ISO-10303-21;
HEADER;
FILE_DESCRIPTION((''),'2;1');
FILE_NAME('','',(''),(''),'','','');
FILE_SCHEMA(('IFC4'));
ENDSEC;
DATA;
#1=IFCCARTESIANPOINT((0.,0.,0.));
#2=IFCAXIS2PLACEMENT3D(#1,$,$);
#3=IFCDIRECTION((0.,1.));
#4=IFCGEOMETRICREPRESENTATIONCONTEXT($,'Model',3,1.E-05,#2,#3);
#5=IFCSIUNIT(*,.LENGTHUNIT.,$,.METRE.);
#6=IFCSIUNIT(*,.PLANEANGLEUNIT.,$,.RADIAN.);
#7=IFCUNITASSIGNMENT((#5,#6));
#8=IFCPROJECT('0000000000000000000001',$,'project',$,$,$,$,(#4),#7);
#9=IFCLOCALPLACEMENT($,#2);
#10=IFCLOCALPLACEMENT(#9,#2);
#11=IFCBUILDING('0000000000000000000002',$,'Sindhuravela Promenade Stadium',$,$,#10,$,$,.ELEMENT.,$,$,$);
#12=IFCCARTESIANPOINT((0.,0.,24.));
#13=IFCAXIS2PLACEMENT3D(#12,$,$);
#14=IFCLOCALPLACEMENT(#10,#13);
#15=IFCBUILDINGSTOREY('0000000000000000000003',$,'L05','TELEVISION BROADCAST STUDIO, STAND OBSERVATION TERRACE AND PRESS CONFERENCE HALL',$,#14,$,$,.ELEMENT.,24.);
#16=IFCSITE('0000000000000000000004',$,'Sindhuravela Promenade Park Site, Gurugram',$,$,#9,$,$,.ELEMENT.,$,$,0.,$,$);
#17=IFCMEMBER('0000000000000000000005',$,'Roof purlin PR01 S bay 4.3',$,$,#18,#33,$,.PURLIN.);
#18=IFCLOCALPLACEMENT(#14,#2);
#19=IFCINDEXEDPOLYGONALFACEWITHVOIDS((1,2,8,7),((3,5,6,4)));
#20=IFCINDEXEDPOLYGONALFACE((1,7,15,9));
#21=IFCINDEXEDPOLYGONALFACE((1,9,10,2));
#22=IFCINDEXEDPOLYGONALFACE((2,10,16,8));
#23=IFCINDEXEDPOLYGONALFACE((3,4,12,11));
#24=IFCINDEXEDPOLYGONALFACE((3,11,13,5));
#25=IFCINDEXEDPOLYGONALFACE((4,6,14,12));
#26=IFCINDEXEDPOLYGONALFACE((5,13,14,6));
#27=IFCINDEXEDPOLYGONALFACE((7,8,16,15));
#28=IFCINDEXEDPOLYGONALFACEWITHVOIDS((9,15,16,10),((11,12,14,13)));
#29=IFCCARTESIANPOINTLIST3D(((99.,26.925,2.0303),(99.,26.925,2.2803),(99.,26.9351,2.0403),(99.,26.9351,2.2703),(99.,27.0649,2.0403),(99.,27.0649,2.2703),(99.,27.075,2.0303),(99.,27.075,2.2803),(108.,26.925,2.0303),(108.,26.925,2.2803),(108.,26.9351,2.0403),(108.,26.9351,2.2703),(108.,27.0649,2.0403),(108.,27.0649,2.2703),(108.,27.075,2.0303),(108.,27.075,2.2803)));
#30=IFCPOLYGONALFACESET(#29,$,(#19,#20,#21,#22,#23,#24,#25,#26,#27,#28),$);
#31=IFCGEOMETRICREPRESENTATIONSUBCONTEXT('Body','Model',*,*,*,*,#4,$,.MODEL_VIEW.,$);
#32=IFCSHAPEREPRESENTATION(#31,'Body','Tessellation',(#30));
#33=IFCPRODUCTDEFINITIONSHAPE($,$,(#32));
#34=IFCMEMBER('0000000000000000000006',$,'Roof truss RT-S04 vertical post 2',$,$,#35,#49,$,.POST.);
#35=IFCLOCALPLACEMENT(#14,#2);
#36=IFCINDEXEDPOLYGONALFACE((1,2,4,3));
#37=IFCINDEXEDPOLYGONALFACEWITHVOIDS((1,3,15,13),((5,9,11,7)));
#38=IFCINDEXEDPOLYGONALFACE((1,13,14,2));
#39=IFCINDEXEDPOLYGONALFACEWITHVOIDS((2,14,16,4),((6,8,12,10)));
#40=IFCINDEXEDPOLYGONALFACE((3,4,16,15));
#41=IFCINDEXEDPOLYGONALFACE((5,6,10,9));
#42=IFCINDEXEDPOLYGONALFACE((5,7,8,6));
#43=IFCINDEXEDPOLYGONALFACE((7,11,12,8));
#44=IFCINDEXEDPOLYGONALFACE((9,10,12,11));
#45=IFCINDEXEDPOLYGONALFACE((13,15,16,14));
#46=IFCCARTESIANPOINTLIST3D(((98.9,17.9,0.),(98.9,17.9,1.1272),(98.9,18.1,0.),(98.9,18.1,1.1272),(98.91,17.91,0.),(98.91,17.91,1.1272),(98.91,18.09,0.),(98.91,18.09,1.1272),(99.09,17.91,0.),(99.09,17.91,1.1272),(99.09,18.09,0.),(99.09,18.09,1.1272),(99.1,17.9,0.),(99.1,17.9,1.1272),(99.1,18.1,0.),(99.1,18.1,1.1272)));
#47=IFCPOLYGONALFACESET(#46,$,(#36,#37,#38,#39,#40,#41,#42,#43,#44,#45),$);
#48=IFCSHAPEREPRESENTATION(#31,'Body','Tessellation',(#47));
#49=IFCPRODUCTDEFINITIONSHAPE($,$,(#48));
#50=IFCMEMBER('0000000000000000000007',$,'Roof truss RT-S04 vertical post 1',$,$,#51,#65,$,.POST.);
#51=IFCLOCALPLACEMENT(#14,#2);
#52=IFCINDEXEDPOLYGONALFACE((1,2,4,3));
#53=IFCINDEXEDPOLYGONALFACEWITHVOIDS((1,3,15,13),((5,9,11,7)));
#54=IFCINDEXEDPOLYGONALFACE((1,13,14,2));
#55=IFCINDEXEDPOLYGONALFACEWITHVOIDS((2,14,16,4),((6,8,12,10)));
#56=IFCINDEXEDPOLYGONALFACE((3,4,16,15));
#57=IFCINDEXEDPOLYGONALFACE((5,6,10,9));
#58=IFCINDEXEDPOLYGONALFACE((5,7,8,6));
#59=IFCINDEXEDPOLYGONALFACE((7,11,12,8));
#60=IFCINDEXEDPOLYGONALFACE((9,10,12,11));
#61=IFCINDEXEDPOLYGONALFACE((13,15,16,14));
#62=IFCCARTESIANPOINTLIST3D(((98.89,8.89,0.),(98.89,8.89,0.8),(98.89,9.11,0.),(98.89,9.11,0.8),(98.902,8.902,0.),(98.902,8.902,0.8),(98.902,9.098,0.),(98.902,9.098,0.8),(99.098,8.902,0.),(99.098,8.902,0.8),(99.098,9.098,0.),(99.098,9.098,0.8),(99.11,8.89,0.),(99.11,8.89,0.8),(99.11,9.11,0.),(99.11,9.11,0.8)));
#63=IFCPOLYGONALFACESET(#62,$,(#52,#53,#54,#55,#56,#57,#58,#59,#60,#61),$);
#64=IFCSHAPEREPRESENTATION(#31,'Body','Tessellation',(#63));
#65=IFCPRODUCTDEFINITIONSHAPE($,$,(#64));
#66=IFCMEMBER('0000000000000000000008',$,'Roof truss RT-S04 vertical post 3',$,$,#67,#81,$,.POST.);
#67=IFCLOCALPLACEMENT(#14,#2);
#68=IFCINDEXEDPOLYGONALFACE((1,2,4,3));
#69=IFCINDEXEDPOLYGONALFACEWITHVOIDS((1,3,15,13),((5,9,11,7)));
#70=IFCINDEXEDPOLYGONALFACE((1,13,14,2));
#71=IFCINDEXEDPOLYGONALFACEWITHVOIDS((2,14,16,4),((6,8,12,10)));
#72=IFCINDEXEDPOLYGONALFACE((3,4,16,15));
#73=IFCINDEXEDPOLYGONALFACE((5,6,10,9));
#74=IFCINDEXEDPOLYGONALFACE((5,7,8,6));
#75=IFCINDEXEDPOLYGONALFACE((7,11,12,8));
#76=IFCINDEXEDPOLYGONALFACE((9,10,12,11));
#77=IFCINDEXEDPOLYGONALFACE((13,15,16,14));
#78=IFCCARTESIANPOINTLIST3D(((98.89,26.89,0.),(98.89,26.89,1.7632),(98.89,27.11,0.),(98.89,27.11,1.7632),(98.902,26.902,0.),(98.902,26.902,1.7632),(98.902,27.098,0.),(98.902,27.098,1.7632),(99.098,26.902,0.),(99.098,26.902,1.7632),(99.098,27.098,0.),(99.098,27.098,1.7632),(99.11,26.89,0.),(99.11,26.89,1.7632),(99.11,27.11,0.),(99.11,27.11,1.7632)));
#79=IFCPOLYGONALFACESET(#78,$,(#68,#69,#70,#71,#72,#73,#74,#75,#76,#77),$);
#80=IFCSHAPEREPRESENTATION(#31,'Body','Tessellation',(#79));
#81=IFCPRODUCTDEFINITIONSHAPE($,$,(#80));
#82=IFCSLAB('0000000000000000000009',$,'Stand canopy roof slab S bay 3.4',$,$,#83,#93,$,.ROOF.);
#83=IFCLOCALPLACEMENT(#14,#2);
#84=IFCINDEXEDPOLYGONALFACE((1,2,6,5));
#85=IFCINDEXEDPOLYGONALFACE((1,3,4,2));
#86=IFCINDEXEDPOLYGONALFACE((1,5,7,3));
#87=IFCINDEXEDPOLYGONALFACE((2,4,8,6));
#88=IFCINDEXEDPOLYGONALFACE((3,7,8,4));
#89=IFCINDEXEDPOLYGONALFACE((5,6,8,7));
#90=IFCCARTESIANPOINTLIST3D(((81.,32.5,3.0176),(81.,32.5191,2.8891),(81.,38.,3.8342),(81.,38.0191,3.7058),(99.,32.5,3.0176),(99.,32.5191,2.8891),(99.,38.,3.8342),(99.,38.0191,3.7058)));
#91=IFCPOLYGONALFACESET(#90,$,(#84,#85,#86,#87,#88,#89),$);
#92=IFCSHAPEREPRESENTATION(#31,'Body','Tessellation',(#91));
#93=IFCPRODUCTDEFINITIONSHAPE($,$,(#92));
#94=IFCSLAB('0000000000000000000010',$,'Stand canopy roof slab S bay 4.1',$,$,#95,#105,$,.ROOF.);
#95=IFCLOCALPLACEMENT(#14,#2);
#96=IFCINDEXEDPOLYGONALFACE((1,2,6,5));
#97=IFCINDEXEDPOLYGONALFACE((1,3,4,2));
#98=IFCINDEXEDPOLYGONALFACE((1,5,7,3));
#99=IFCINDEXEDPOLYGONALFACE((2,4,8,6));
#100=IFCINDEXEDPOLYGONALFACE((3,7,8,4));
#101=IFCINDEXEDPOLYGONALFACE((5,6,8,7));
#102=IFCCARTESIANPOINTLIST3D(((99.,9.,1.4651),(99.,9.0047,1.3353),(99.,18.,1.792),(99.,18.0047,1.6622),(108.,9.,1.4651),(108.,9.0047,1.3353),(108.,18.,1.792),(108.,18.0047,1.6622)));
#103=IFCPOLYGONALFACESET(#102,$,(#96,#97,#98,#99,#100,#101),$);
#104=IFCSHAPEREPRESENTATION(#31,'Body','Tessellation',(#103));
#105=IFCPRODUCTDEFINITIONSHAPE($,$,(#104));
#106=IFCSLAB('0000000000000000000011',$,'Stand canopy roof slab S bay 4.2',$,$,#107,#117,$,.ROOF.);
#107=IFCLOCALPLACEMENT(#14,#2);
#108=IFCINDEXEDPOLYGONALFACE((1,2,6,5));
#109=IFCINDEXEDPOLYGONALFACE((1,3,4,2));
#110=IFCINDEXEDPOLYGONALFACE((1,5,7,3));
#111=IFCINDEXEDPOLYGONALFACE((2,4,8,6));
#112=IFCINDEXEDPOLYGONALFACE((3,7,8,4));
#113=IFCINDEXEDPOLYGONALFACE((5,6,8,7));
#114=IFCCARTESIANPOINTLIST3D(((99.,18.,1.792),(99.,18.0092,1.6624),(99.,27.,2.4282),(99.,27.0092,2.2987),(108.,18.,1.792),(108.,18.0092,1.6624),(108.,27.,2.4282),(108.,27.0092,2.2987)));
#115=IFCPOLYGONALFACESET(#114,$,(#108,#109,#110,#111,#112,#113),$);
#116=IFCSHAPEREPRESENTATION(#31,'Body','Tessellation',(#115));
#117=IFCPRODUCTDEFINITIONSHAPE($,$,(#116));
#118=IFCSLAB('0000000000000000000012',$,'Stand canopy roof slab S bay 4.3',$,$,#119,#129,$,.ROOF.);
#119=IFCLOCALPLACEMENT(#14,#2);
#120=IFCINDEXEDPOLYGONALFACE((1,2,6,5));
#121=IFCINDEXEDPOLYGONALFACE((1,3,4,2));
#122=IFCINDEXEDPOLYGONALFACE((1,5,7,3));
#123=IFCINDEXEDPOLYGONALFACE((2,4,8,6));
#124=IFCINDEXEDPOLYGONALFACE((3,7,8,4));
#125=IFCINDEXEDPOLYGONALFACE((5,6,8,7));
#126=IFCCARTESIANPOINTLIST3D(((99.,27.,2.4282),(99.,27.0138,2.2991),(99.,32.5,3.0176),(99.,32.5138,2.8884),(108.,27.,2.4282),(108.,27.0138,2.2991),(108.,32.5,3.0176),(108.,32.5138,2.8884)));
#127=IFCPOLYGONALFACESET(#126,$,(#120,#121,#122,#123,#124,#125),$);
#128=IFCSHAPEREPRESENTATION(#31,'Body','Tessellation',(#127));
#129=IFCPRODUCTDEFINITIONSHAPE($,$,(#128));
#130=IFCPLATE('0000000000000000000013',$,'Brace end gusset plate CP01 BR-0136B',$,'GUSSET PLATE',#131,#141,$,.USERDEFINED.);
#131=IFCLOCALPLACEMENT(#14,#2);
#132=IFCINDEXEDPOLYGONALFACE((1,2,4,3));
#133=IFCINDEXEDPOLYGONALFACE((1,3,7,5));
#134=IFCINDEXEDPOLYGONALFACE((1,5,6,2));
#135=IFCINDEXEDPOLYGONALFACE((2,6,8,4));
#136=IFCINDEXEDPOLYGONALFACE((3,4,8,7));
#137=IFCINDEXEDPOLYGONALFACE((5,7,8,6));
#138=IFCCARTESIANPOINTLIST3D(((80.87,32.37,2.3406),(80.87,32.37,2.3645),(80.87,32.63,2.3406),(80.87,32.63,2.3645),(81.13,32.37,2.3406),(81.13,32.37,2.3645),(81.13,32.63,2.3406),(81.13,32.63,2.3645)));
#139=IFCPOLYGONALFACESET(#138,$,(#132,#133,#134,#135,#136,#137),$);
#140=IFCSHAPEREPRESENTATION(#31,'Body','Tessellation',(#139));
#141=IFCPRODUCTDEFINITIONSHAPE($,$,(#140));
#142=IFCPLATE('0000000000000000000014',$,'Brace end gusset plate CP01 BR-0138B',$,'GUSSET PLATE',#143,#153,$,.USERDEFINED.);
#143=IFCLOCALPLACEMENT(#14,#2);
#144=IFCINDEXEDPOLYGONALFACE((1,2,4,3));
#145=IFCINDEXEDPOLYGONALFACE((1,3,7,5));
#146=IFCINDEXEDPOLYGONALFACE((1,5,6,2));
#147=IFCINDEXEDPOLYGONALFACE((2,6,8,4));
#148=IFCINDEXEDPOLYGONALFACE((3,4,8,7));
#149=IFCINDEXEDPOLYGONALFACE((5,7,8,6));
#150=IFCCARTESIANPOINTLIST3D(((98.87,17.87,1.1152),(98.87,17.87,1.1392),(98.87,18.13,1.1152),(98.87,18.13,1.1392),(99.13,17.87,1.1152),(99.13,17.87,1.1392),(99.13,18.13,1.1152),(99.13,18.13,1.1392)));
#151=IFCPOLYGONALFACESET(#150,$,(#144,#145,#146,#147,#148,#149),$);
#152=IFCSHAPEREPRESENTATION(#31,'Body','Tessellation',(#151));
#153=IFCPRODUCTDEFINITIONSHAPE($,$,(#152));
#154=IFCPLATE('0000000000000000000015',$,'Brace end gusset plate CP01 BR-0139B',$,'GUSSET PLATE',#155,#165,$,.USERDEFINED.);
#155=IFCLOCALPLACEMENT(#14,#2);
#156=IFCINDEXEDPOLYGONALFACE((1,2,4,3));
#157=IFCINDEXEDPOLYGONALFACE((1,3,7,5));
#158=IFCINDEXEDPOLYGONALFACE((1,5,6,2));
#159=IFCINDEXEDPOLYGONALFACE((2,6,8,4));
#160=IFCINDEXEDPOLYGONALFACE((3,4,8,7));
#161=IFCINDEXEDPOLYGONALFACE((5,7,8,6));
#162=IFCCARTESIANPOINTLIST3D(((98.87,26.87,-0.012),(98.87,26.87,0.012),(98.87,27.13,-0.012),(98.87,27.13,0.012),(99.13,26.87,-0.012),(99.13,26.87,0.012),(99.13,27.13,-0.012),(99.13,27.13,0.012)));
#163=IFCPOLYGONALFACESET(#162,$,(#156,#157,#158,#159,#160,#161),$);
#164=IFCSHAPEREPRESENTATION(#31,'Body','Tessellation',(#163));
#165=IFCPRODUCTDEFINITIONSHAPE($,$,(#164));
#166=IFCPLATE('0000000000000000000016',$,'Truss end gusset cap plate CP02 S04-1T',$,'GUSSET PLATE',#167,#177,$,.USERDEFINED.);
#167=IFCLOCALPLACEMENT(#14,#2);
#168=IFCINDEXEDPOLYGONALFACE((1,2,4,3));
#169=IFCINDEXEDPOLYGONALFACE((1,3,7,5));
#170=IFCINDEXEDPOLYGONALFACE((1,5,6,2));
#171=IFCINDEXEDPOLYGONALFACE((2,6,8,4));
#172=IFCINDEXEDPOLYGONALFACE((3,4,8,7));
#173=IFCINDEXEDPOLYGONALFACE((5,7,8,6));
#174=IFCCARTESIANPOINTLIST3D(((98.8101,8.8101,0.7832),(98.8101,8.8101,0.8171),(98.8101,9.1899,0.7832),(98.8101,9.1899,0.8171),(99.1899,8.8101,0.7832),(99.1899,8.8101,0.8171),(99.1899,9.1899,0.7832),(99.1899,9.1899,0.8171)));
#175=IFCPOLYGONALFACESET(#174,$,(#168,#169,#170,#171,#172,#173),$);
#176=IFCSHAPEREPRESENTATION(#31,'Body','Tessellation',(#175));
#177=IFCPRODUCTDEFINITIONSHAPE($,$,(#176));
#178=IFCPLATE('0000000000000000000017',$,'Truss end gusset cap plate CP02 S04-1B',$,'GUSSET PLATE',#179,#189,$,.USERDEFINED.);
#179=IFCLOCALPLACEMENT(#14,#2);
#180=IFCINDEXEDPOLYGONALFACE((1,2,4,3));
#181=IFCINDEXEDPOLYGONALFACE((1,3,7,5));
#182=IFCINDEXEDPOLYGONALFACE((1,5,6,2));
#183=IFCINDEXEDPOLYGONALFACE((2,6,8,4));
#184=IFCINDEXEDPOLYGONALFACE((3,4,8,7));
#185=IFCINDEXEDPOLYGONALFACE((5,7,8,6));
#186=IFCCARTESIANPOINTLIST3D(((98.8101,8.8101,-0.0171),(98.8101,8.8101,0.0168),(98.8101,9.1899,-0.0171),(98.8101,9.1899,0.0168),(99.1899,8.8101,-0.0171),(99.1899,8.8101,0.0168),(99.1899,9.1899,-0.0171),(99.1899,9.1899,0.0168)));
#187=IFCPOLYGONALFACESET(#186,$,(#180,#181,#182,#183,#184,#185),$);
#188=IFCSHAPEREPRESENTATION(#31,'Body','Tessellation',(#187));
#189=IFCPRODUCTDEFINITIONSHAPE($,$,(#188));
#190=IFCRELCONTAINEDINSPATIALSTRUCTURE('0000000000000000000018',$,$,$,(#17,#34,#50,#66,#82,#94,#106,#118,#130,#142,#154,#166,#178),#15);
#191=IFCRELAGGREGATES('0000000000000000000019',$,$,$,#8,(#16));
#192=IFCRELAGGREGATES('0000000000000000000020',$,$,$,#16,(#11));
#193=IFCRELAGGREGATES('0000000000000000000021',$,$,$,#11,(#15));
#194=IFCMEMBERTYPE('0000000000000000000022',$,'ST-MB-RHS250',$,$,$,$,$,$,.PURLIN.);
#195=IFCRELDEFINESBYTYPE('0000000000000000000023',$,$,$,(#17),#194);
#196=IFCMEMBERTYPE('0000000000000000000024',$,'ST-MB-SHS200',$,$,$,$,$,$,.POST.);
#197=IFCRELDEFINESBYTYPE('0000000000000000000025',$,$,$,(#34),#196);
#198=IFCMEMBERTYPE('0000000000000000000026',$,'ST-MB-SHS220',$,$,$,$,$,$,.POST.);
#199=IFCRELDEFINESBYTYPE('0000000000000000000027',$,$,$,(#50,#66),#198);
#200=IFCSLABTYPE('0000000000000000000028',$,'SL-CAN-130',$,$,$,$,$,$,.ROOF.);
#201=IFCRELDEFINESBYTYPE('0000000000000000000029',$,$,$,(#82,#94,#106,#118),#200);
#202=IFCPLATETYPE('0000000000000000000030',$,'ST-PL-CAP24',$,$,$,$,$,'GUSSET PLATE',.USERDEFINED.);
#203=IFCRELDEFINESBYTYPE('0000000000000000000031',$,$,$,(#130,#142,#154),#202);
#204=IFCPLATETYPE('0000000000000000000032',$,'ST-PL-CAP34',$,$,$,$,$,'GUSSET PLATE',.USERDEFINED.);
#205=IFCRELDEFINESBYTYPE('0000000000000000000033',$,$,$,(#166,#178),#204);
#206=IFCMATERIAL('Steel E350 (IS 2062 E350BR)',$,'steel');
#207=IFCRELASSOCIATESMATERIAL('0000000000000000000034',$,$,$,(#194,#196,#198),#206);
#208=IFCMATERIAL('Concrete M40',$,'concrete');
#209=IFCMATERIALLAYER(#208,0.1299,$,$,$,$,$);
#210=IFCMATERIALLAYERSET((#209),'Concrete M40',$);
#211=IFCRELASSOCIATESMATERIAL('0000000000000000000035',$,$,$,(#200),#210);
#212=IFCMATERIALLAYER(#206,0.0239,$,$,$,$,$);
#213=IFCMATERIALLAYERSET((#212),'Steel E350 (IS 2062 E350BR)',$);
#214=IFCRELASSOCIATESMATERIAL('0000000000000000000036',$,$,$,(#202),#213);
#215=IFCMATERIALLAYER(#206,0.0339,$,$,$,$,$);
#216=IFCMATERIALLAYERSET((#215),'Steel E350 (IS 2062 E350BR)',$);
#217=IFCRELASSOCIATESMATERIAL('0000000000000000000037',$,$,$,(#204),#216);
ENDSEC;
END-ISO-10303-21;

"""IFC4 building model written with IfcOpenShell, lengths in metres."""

from ifc_helpers import new_model, si_unit, direction, frame, origin, origin_2d, place, context, subcontext, project, spatial, polyline, rectangle, hollow_rectangle, outline, extrude, material, layer, layer_set, material_profile, profile_set, type_object, element, save


model = new_model("IFC4")

# Units and contexts
model_context = context("Model", 3, precision=1e-05, world=origin(), true_north=direction((0.0, 1.0)))
body_context = subcontext(model_context, "Body", "Model", "MODEL_VIEW")
ifc_project = project(units=[si_unit("LENGTHUNIT", "METRE"), si_unit("PLANEANGLEUNIT", "RADIAN")], contexts=[model_context])

# Site, building, storey
site_placement = place(None, origin())
site = spatial("IfcSite", under=ifc_project, at=site_placement, Name="Sindhuravela Promenade Park Site, Gurugram", CompositionType="ELEMENT", RefElevation=0.0)
building_placement = place(site_placement, origin())
building = spatial("IfcBuilding", under=site, at=building_placement, Name="Sindhuravela Promenade Stadium", CompositionType="ELEMENT")
storey_placement = place(building_placement, frame((0.0, 0.0, 24.0)))
storey = spatial("IfcBuildingStorey", under=building, at=storey_placement, Name="L05", Description="TELEVISION BROADCAST STUDIO, STAND OBSERVATION TERRACE AND PRESS CONFERENCE HALL", CompositionType="ELEMENT", Elevation=24.0)

# Shared definitions
ifc_material_1 = material(Name="Steel E350 (IS 2062 E350BR)", Category="steel")

# Members
ifc_material_profile_1 = material_profile(ifc_material_1, hollow_rectangle(XDim=0.1499, YDim=0.25, WallThickness=0.01, at=origin_2d()), Name="RHS 250x150x10")
ifc_profile_set_1 = profile_set([ifc_material_profile_1], Name="Steel E350 (IS 2062 E350BR)")
member_type_1 = type_object("IfcMemberType", Name="ST-MB-RHS250", PredefinedType="PURLIN", material=ifc_profile_set_1)
for number, where, z_axis, x_axis, name in (
    (1, (99.0, 27.0, 2.1553), (1.0, 0.0, 0.0), (0.0, 1.0, 0.0), "Roof purlin PR01 S bay 4.3"),
):
    element("IfcMember", number, at=place(storey_placement, frame(where, z_axis=z_axis, x_axis=x_axis)), inside=storey, type_object=member_type_1, Name=name, PredefinedType="PURLIN", context=body_context, shape_type="SweptSolid", body=[
        extrude(hollow_rectangle(XDim=0.1499, YDim=0.25, WallThickness=0.01, at=origin_2d()), origin(), (0.0, 0.0, 1.0), 9.0),
    ])
ifc_material_profile_2 = material_profile(ifc_material_1, hollow_rectangle(XDim=0.2, YDim=0.2, WallThickness=0.01, at=origin_2d()), Name="SHS 200x200x10")
ifc_profile_set_2 = profile_set([ifc_material_profile_2], Name="Steel E350 (IS 2062 E350BR)")
member_type_2 = type_object("IfcMemberType", Name="ST-MB-SHS200", PredefinedType="POST", material=ifc_profile_set_2)
member_1_placement = place(storey_placement, frame((99.0, 18.0, 0.0), z_axis=(0.0, 0.0, 1.0), x_axis=(1.0, 0.0, 0.0)))
element("IfcMember", 2, at=member_1_placement, inside=storey, type_object=member_type_2, Name="Roof truss RT-S04 vertical post 2", PredefinedType="POST", context=body_context, shape_type="SweptSolid", body=[
    extrude(hollow_rectangle(XDim=0.2, YDim=0.2, WallThickness=0.01, at=origin_2d()), origin(), (0.0, 0.0, 1.0), 1.1272),
])
ifc_material_profile_3 = material_profile(ifc_material_1, hollow_rectangle(XDim=0.22, YDim=0.22, WallThickness=0.012, at=origin_2d()), Name="SHS 220x220x12")
ifc_profile_set_3 = profile_set([ifc_material_profile_3], Name="Steel E350 (IS 2062 E350BR)")
member_type_3 = type_object("IfcMemberType", Name="ST-MB-SHS220", PredefinedType="POST", material=ifc_profile_set_3)
member_2_placement = place(storey_placement, frame((99.0, 9.0, 0.0), z_axis=(0.0, 0.0, 1.0), x_axis=(1.0, 0.0, 0.0)))
element("IfcMember", 3, at=member_2_placement, inside=storey, type_object=member_type_3, Name="Roof truss RT-S04 vertical post 1", PredefinedType="POST", context=body_context, shape_type="SweptSolid", body=[
    extrude(hollow_rectangle(XDim=0.22, YDim=0.22, WallThickness=0.012, at=origin_2d()), origin(), (0.0, 0.0, 1.0), 0.8),
])
member_3_placement = place(storey_placement, frame((99.0, 27.0, 0.0), z_axis=(0.0, 0.0, 1.0), x_axis=(1.0, 0.0, 0.0)))
element("IfcMember", 4, at=member_3_placement, inside=storey, type_object=member_type_3, Name="Roof truss RT-S04 vertical post 3", PredefinedType="POST", context=body_context, shape_type="SweptSolid", body=[
    extrude(hollow_rectangle(XDim=0.22, YDim=0.22, WallThickness=0.012, at=origin_2d()), origin(), (0.0, 0.0, 1.0), 1.7632),
])

# Slabs
ifc_material_2 = material(Name="Concrete M40", Category="concrete")
ifc_layer_1 = layer(ifc_material_2, 0.1299)
ifc_layer_set_1 = layer_set([ifc_layer_1], Name="Concrete M40")
slab_type = type_object("IfcSlabType", Name="SL-CAN-130", PredefinedType="ROOF", material=ifc_layer_set_1)
slab_1_placement = place(storey_placement, frame((81.0, 32.5, 3.0176), z_axis=(0.0, -0.146872, 0.989156), x_axis=(1.0, 0.0, 0.0)))
element("IfcSlab", 5, at=slab_1_placement, inside=storey, type_object=slab_type, Name="Stand canopy roof slab S bay 3.4", PredefinedType="ROOF", context=body_context, shape_type="SweptSolid", body=[
    extrude(outline(polyline([(0.0, 0.0), (18.0, 0.0), (18.0, 5.5603), (0.0, 5.5603), (0.0, 0.0)])), origin(), (0.0, 0.0, -1.0), 0.1299),
])
slab_2_placement = place(storey_placement, frame((99.0, 9.0, 1.4651), z_axis=(0.0, -0.036299, 0.999341), x_axis=(1.0, 0.0, 0.0)))
element("IfcSlab", 6, at=slab_2_placement, inside=storey, type_object=slab_type, Name="Stand canopy roof slab S bay 4.1", PredefinedType="ROOF", context=body_context, shape_type="SweptSolid", body=[
    extrude(outline(polyline([(0.0, 0.0), (9.0, 0.0), (9.0, 9.0059), (0.0, 9.0059), (0.0, 0.0)])), origin(), (0.0, 0.0, -1.0), 0.1299),
])
slab_3_placement = place(storey_placement, frame((99.0, 18.0, 1.792), z_axis=(0.0, -0.070516, 0.997511), x_axis=(1.0, 0.0, 0.0)))
element("IfcSlab", 7, at=slab_3_placement, inside=storey, type_object=slab_type, Name="Stand canopy roof slab S bay 4.2", PredefinedType="ROOF", context=body_context, shape_type="SweptSolid", body=[
    extrude(outline(polyline([(0.0, 0.0), (9.0, 0.0), (9.0, 9.0225), (0.0, 9.0225), (0.0, 0.0)])), origin(), (0.0, 0.0, -1.0), 0.1299),
])
slab_4_placement = place(storey_placement, frame((99.0, 27.0, 2.4282), z_axis=(0.0, -0.106546, 0.994308), x_axis=(1.0, 0.0, 0.0)))
element("IfcSlab", 8, at=slab_4_placement, inside=storey, type_object=slab_type, Name="Stand canopy roof slab S bay 4.3", PredefinedType="ROOF", context=body_context, shape_type="SweptSolid", body=[
    extrude(outline(polyline([(0.0, 0.0), (9.0, 0.0), (9.0, 5.5315), (0.0, 5.5315), (0.0, 0.0)])), origin(), (0.0, 0.0, -1.0), 0.1299),
])

# Plates
ifc_layer_2 = layer(ifc_material_1, 0.0239)
ifc_layer_set_2 = layer_set([ifc_layer_2], Name="Steel E350 (IS 2062 E350BR)")
plate_type_1 = type_object("IfcPlateType", Name="ST-PL-CAP24", ElementType="GUSSET PLATE", PredefinedType="USERDEFINED", material=ifc_layer_set_2)
for number, where, z_axis, x_axis, name in (
    (9, (81.0, 32.5, 2.3406), (0.0, 0.0, 1.0), (1.0, 0.0, 0.0), "Brace end gusset plate CP01 BR-0136B"),
    (10, (99.0, 18.0, 1.1152), (0.0, 0.0, 1.0), (1.0, 0.0, 0.0), "Brace end gusset plate CP01 BR-0138B"),
    (11, (99.0, 27.0, -0.012), (0.0, 0.0, 1.0), (1.0, 0.0, 0.0), "Brace end gusset plate CP01 BR-0139B"),
):
    element("IfcPlate", number, at=place(storey_placement, frame(where, z_axis=z_axis, x_axis=x_axis)), inside=storey, type_object=plate_type_1, Name=name, ObjectType="GUSSET PLATE", PredefinedType="USERDEFINED", context=body_context, shape_type="SweptSolid", body=[
        extrude(rectangle(XDim=0.26, YDim=0.26, at=origin_2d()), origin(), (0.0, 0.0, 1.0), 0.0239),
    ])
ifc_layer_3 = layer(ifc_material_1, 0.0339)
ifc_layer_set_3 = layer_set([ifc_layer_3], Name="Steel E350 (IS 2062 E350BR)")
plate_type_2 = type_object("IfcPlateType", Name="ST-PL-CAP34", ElementType="GUSSET PLATE", PredefinedType="USERDEFINED", material=ifc_layer_set_3)
for number, where, z_axis, x_axis, name in (
    (12, (99.0, 9.0, 0.7832), (0.0, 0.0, 1.0), (1.0, 0.0, 0.0), "Truss end gusset cap plate CP02 S04-1T"),
    (13, (99.0, 9.0, -0.0171), (0.0, 0.0, 1.0), (1.0, 0.0, 0.0), "Truss end gusset cap plate CP02 S04-1B"),
):
    element("IfcPlate", number, at=place(storey_placement, frame(where, z_axis=z_axis, x_axis=x_axis)), inside=storey, type_object=plate_type_2, Name=name, ObjectType="GUSSET PLATE", PredefinedType="USERDEFINED", context=body_context, shape_type="SweptSolid", body=[
        extrude(rectangle(XDim=0.3799, YDim=0.3799, at=origin_2d()), origin(), (0.0, 0.0, 1.0), 0.0339),
    ])

save(model, "model.ifc")
